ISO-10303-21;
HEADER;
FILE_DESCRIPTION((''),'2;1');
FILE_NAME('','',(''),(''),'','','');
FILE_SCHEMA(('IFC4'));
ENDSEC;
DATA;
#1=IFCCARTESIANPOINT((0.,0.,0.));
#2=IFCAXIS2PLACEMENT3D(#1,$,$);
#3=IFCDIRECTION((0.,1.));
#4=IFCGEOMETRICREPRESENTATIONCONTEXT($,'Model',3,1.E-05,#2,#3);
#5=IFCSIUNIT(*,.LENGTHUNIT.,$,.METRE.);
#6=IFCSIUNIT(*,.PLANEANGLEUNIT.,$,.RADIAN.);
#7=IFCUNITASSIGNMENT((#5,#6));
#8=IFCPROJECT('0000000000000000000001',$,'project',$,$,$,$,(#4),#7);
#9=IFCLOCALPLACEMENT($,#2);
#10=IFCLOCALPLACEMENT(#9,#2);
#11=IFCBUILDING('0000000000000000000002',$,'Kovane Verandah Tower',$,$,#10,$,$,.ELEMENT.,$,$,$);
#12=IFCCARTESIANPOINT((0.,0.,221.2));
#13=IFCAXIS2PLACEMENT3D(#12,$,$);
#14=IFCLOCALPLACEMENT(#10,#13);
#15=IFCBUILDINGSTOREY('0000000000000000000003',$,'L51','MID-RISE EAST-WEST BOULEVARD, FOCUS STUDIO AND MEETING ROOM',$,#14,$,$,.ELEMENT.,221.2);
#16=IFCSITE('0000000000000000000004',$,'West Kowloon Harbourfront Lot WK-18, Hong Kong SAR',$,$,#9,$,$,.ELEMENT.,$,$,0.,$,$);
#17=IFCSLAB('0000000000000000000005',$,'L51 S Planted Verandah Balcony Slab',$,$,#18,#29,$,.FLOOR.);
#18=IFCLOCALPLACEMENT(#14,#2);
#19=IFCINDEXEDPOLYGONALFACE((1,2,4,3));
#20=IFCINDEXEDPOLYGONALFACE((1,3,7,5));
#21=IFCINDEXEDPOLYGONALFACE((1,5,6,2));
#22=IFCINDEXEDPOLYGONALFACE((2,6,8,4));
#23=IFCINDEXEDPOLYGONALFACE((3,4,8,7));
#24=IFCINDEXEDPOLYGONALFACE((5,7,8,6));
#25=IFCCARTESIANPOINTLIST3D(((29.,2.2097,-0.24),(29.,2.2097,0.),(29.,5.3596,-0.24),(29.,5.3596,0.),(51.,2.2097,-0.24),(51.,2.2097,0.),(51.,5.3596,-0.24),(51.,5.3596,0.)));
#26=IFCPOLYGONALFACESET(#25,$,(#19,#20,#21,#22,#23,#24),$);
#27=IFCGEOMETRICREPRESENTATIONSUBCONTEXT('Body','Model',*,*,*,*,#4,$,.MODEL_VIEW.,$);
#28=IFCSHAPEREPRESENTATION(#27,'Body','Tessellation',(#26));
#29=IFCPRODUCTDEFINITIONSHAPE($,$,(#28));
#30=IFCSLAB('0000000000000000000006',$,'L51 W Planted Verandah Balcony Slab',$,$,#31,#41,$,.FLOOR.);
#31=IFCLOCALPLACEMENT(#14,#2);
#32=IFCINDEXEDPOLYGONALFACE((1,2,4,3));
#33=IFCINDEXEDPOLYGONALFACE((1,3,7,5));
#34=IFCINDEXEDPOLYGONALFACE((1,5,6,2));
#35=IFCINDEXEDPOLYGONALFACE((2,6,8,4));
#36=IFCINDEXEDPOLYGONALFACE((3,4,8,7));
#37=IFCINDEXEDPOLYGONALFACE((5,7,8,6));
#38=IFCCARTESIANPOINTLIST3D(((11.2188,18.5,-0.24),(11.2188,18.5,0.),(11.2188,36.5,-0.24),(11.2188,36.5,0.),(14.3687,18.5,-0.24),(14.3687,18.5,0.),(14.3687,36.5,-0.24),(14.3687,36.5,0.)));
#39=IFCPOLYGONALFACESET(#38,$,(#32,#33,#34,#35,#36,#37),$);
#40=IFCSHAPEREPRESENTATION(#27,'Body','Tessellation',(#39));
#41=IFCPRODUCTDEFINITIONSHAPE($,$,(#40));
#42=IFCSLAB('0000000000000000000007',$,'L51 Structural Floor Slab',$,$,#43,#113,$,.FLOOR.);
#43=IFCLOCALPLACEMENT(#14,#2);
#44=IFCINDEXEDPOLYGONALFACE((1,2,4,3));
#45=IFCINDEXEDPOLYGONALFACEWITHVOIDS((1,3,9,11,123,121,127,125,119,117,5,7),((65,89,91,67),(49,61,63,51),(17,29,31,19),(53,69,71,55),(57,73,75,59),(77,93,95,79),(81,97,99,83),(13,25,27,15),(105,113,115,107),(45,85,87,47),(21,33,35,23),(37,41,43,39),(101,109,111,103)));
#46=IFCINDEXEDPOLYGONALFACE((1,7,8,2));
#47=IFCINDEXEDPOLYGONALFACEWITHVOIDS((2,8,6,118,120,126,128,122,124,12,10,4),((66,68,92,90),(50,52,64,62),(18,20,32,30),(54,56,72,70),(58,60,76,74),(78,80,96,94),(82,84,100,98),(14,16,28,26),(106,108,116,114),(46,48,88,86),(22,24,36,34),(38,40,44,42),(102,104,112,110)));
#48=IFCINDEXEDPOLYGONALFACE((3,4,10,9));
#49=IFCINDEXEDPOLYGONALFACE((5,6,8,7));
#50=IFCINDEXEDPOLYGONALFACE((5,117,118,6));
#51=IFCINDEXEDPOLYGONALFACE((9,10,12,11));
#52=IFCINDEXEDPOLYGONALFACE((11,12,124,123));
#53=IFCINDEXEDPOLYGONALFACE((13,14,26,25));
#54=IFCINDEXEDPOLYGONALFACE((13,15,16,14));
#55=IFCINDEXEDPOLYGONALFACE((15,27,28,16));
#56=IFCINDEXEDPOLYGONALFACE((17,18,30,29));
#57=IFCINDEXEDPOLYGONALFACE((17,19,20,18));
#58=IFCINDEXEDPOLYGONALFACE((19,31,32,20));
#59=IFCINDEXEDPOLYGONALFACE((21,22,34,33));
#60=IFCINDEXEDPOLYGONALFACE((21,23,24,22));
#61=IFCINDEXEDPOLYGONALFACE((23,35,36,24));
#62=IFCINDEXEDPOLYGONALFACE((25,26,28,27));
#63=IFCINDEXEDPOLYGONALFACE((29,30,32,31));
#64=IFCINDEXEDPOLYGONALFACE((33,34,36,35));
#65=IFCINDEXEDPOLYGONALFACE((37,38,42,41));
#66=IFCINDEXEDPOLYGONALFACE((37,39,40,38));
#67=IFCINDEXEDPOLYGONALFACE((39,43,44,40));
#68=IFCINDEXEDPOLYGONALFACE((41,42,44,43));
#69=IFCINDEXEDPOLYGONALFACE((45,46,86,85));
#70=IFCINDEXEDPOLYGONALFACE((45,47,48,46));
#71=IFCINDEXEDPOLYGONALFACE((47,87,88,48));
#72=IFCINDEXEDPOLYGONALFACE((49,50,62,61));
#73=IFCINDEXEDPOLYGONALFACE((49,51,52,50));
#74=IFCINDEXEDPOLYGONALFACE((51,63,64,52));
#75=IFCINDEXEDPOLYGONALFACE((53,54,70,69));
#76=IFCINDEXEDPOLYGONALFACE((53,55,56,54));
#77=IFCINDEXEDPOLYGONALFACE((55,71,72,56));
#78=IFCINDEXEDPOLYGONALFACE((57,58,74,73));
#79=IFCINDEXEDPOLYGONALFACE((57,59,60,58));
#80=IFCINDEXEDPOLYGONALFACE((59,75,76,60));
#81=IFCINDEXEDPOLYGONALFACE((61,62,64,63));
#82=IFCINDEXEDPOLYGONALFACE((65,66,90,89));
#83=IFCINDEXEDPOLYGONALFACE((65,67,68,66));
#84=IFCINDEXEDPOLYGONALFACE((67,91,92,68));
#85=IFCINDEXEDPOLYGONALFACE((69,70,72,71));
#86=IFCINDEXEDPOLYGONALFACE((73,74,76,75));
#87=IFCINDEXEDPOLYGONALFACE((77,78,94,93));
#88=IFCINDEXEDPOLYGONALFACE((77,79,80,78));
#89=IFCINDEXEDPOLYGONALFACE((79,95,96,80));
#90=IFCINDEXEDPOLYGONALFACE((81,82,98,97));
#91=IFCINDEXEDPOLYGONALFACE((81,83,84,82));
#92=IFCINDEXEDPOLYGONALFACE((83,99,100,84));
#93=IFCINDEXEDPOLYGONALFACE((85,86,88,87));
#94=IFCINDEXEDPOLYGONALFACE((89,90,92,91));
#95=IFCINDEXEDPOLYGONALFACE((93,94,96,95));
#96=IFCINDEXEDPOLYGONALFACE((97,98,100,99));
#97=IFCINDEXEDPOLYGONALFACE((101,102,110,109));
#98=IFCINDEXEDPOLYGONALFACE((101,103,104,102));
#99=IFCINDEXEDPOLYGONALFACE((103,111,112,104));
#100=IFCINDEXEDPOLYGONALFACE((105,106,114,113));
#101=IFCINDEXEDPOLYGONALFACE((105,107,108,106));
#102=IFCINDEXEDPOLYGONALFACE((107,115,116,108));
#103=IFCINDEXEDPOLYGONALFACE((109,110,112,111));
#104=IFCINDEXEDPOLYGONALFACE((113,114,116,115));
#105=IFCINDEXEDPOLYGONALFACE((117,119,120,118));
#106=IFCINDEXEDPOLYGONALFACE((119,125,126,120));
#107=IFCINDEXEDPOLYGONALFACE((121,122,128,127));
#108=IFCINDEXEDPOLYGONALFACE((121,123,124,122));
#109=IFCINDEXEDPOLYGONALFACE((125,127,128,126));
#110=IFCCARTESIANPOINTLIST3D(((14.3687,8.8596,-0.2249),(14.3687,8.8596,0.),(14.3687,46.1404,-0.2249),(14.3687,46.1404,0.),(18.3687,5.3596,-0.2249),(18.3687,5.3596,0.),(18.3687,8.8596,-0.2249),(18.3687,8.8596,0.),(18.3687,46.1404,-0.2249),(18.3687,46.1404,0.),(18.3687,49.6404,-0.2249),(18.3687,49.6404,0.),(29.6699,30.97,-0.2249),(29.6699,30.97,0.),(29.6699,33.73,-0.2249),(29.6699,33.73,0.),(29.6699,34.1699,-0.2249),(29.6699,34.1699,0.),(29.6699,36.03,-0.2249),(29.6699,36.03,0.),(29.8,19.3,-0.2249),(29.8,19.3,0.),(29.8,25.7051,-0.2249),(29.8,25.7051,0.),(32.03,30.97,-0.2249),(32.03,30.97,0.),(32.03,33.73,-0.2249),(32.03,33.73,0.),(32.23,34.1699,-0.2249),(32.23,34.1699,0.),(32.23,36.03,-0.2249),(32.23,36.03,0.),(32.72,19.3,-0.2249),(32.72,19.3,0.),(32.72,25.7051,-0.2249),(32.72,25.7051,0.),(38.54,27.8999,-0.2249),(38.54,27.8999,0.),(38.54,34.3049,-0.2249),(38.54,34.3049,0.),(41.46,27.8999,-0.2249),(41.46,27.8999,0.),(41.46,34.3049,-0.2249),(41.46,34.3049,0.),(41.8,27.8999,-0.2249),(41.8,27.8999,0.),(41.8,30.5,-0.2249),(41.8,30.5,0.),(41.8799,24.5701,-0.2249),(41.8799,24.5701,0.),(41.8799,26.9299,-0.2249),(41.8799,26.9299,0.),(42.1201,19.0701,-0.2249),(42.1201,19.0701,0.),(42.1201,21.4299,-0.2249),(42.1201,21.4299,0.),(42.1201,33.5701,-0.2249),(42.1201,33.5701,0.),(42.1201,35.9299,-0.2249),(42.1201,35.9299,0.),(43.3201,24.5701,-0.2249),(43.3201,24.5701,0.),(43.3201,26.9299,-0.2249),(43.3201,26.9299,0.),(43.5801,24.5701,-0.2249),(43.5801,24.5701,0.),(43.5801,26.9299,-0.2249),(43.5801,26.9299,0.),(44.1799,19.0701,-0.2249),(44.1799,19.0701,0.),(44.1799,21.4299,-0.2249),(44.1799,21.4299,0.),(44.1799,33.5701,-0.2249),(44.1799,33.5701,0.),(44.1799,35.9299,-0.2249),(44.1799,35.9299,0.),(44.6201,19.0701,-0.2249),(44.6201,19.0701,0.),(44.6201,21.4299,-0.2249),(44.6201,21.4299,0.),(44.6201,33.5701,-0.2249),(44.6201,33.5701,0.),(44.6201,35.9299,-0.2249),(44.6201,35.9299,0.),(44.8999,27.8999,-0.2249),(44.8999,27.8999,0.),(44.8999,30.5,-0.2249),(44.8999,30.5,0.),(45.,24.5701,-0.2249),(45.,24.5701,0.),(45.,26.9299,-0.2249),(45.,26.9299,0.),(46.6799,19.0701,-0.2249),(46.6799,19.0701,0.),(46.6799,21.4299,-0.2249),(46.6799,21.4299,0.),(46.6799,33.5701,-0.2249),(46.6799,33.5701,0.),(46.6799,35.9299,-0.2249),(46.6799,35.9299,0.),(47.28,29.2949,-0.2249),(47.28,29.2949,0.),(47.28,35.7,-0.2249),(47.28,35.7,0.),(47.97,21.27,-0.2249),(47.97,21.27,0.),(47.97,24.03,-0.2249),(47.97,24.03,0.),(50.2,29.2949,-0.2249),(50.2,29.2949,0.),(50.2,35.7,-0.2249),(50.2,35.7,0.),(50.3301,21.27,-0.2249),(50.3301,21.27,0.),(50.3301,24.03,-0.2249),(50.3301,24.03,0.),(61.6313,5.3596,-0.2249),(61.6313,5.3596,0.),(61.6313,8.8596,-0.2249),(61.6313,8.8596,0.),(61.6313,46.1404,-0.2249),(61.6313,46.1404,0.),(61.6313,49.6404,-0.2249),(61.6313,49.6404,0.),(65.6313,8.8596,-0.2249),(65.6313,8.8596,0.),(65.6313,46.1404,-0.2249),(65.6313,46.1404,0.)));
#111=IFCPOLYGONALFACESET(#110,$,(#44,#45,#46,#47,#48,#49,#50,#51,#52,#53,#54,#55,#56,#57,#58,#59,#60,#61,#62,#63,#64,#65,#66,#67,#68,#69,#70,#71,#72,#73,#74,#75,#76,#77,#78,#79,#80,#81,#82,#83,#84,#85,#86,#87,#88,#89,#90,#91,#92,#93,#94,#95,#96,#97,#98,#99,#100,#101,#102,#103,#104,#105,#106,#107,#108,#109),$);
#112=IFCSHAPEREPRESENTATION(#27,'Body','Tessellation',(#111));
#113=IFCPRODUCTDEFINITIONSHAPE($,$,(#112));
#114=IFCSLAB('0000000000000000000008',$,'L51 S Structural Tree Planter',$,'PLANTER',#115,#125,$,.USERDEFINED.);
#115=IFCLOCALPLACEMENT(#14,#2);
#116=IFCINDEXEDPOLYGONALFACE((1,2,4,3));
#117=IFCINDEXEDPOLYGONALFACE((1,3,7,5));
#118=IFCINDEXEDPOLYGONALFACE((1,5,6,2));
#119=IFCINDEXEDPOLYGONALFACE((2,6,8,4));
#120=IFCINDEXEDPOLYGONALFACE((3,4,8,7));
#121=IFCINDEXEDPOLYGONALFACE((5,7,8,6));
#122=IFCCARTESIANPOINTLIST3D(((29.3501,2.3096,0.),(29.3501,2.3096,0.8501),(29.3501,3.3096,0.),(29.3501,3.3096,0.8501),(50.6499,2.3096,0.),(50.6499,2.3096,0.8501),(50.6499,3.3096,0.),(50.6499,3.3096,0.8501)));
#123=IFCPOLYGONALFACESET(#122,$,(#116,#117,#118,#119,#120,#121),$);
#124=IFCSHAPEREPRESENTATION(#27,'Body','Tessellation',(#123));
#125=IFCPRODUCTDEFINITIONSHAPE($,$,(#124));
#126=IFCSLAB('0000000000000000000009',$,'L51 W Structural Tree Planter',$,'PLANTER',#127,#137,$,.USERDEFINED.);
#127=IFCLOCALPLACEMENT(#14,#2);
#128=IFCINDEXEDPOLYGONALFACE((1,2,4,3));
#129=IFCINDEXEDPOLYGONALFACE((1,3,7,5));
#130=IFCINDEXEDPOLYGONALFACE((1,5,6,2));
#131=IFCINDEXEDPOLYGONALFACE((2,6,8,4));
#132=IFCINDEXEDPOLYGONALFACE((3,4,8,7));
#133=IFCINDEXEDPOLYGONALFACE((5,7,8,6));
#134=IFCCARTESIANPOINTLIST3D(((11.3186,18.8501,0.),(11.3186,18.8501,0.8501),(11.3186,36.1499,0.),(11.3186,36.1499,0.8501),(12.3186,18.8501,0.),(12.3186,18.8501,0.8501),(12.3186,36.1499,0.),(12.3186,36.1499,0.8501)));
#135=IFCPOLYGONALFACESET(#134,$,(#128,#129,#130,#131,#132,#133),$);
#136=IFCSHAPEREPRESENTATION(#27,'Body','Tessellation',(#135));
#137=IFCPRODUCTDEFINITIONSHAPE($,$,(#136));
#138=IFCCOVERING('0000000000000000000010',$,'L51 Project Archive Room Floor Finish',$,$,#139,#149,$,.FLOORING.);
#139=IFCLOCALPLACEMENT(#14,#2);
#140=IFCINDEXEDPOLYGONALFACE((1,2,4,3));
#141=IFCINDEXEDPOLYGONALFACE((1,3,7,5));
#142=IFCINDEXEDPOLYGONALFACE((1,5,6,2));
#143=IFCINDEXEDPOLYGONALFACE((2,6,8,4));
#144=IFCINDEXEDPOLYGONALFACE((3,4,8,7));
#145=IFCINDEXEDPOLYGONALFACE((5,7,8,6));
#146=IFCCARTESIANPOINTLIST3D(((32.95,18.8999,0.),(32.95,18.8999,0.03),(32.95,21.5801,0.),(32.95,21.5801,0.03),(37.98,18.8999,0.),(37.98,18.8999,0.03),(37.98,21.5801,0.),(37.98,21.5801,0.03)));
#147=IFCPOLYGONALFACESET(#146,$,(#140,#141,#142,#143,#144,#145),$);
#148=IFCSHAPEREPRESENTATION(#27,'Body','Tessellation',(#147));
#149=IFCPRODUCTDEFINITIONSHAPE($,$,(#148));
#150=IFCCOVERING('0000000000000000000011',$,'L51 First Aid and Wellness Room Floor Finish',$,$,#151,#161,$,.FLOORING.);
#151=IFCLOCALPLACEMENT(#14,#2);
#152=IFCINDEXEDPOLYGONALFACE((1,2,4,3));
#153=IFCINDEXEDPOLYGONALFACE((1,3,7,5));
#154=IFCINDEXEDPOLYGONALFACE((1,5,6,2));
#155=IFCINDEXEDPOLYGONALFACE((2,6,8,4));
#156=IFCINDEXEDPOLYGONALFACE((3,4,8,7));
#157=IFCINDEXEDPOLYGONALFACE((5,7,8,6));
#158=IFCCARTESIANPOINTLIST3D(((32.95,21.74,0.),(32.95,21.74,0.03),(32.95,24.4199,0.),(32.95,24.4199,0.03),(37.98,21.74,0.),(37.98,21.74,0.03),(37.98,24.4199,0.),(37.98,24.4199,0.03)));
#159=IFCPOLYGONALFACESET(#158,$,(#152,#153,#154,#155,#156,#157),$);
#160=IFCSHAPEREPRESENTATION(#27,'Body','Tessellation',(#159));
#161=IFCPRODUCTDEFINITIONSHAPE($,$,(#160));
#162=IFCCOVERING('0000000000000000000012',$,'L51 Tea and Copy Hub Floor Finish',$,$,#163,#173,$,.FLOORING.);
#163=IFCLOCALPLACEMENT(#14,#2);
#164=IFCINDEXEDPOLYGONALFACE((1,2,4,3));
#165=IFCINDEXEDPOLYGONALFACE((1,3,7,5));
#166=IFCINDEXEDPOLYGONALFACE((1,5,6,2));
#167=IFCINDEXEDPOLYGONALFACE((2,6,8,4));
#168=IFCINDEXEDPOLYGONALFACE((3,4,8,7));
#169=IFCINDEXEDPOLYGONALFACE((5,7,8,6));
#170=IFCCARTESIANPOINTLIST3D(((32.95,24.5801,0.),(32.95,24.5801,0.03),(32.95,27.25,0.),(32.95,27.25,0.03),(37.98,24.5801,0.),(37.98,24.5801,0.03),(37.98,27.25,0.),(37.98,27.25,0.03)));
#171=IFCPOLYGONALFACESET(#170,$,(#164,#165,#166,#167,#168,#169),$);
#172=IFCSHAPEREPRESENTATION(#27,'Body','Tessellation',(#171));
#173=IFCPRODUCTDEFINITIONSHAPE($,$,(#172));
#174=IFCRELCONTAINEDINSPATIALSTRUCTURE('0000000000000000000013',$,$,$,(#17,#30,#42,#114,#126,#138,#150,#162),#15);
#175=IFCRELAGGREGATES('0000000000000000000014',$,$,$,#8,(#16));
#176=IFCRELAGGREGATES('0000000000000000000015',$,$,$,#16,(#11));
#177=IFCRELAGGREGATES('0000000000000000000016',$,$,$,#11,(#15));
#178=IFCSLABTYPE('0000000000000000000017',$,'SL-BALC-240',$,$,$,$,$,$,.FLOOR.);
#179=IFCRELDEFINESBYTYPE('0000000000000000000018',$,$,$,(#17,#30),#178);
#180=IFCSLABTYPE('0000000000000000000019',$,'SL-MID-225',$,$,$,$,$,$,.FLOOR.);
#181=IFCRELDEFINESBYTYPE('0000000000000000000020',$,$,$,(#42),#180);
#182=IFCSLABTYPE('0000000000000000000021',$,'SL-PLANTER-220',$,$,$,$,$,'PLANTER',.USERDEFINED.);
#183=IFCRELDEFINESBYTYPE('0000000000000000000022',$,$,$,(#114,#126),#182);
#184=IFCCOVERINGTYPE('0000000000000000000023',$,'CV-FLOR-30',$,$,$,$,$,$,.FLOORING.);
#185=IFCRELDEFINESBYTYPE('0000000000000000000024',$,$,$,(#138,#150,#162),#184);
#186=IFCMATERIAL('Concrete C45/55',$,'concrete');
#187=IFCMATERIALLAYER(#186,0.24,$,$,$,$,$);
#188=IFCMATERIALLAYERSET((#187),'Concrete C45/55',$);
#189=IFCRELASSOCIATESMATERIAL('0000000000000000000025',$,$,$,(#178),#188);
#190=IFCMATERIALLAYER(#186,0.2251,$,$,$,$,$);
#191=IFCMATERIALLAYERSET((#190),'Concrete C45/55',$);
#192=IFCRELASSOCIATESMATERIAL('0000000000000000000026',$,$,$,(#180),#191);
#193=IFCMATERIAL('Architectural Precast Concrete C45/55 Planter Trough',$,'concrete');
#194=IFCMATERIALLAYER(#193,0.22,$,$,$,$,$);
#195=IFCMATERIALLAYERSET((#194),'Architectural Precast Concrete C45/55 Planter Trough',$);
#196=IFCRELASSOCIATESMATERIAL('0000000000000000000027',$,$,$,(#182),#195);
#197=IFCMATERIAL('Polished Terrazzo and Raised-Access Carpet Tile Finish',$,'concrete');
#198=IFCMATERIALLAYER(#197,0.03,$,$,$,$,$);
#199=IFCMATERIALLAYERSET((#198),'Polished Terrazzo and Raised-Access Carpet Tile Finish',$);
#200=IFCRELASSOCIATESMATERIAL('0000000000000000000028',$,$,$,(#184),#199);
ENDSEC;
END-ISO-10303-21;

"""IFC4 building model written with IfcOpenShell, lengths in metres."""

from ifc_helpers import new_model, si_unit, direction, frame, origin, place, context, subcontext, project, spatial, polyline, outline, extrude, material, layer, layer_set, type_object, element, save


model = new_model("IFC4")

# Units and contexts
model_context = context("Model", 3, precision=1e-05, world=origin(), true_north=direction((0.0, 1.0)))
body_context = subcontext(model_context, "Body", "Model", "MODEL_VIEW")
ifc_project = project(units=[si_unit("LENGTHUNIT", "METRE"), si_unit("PLANEANGLEUNIT", "RADIAN")], contexts=[model_context])

# Site, building, storey
site_placement = place(None, origin())
site = spatial("IfcSite", under=ifc_project, at=site_placement, Name="West Kowloon Harbourfront Lot WK-18, Hong Kong SAR", CompositionType="ELEMENT", RefElevation=0.0)
building_placement = place(site_placement, origin())
building = spatial("IfcBuilding", under=site, at=building_placement, Name="Kovane Verandah Tower", CompositionType="ELEMENT")
storey_placement = place(building_placement, frame((0.0, 0.0, 221.2)))
storey = spatial("IfcBuildingStorey", under=building, at=storey_placement, Name="L51", Description="MID-RISE EAST-WEST BOULEVARD, FOCUS STUDIO AND MEETING ROOM", CompositionType="ELEMENT", Elevation=221.2)

# Slabs
ifc_material_1 = material(Name="Concrete C45/55", Category="concrete")
ifc_layer_1 = layer(ifc_material_1, 0.24)
ifc_layer_set_1 = layer_set([ifc_layer_1], Name="Concrete C45/55")
slab_type_1 = type_object("IfcSlabType", Name="SL-BALC-240", PredefinedType="FLOOR", material=ifc_layer_set_1)
slab_1_placement = place(storey_placement, frame((0.0, 0.0, -0.24)))
element("IfcSlab", 1, at=slab_1_placement, inside=storey, type_object=slab_type_1, Name="L51 S Planted Verandah Balcony Slab", PredefinedType="FLOOR", context=body_context, shape_type="SweptSolid", body=[
    extrude(outline(polyline([(29.0, 2.2097), (51.0, 2.2097), (51.0, 5.3596), (29.0, 5.3596), (29.0, 2.2097)])), origin(), (0.0, 0.0, 1.0), 0.24),
])
slab_2_placement = place(storey_placement, frame((0.0, 0.0, -0.24)))
element("IfcSlab", 2, at=slab_2_placement, inside=storey, type_object=slab_type_1, Name="L51 W Planted Verandah Balcony Slab", PredefinedType="FLOOR", context=body_context, shape_type="SweptSolid", body=[
    extrude(outline(polyline([(11.2188, 18.5), (14.3687, 18.5), (14.3687, 36.5), (11.2188, 36.5), (11.2188, 18.5)])), origin(), (0.0, 0.0, 1.0), 0.24),
])
ifc_layer_2 = layer(ifc_material_1, 0.2251)
ifc_layer_set_2 = layer_set([ifc_layer_2], Name="Concrete C45/55")
slab_type_2 = type_object("IfcSlabType", Name="SL-MID-225", PredefinedType="FLOOR", material=ifc_layer_set_2)
slab_3_placement = place(storey_placement, frame((0.0, 0.0, -0.2249)))
element("IfcSlab", 3, at=slab_3_placement, inside=storey, type_object=slab_type_2, Name="L51 Structural Floor Slab", PredefinedType="FLOOR", context=body_context, shape_type="SweptSolid", body=[
    extrude(outline(polyline([(18.3687, 5.3596), (61.6313, 5.3596), (61.6313, 8.8596), (65.6313, 8.8596), (65.6313, 46.1404), (61.6313, 46.1404), (61.6313, 49.6404), (18.3687, 49.6404), (18.3687, 46.1404), (14.3687, 46.1404), (14.3687, 8.8596), (18.3687, 8.8596), (18.3687, 5.3596)]), holes=[polyline([(29.8, 19.3), (32.72, 19.3), (32.72, 25.7051), (29.8, 25.7051), (29.8, 19.3)]), polyline([(47.28, 29.2949), (50.2, 29.2949), (50.2, 35.7), (47.28, 35.7), (47.28, 29.2949)]), polyline([(38.54, 27.8999), (41.46, 27.8999), (41.46, 34.3049), (38.54, 34.3049), (38.54, 27.8999)]), polyline([(29.6699, 30.97), (32.03, 30.97), (32.03, 33.73), (29.6699, 33.73), (29.6699, 30.97)]), polyline([(47.97, 21.27), (50.3301, 21.27), (50.3301, 24.03), (47.97, 24.03), (47.97, 21.27)]), polyline([(29.6699, 34.1699), (32.23, 34.1699), (32.23, 36.03), (29.6699, 36.03), (29.6699, 34.1699)]), polyline([(42.1201, 19.0701), (44.1799, 19.0701), (44.1799, 21.4299), (42.1201, 21.4299), (42.1201, 19.0701)]), polyline([(44.6201, 19.0701), (46.6799, 19.0701), (46.6799, 21.4299), (44.6201, 21.4299), (44.6201, 19.0701)]), polyline([(41.8799, 24.5701), (43.3201, 24.5701), (43.3201, 26.9299), (41.8799, 26.9299), (41.8799, 24.5701)]), polyline([(43.5801, 24.5701), (45.0, 24.5701), (45.0, 26.9299), (43.5801, 26.9299), (43.5801, 24.5701)]), polyline([(42.1201, 33.5701), (44.1799, 33.5701), (44.1799, 35.9299), (42.1201, 35.9299), (42.1201, 33.5701)]), polyline([(44.6201, 33.5701), (46.6799, 33.5701), (46.6799, 35.9299), (44.6201, 35.9299), (44.6201, 33.5701)]), polyline([(41.8, 27.8999), (44.8999, 27.8999), (44.8999, 30.5), (41.8, 30.5), (41.8, 27.8999)])]), origin(), (0.0, 0.0, 1.0), 0.2249),
])
ifc_material_2 = material(Name="Architectural Precast Concrete C45/55 Planter Trough", Category="concrete")
ifc_layer_3 = layer(ifc_material_2, 0.22)
ifc_layer_set_3 = layer_set([ifc_layer_3], Name="Architectural Precast Concrete C45/55 Planter Trough")
slab_type_3 = type_object("IfcSlabType", Name="SL-PLANTER-220", ElementType="PLANTER", PredefinedType="USERDEFINED", material=ifc_layer_set_3)
slab_4_placement = place(storey_placement, origin())
element("IfcSlab", 4, at=slab_4_placement, inside=storey, type_object=slab_type_3, Name="L51 S Structural Tree Planter", ObjectType="PLANTER", PredefinedType="USERDEFINED", context=body_context, shape_type="SweptSolid", body=[
    extrude(outline(polyline([(29.3501, 2.3096), (50.6499, 2.3096), (50.6499, 3.3096), (29.3501, 3.3096), (29.3501, 2.3096)])), origin(), (0.0, 0.0, 1.0), 0.8501),
])
slab_5_placement = place(storey_placement, origin())
element("IfcSlab", 5, at=slab_5_placement, inside=storey, type_object=slab_type_3, Name="L51 W Structural Tree Planter", ObjectType="PLANTER", PredefinedType="USERDEFINED", context=body_context, shape_type="SweptSolid", body=[
    extrude(outline(polyline([(11.3186, 18.8501), (12.3186, 18.8501), (12.3186, 36.1499), (11.3186, 36.1499), (11.3186, 18.8501)])), origin(), (0.0, 0.0, 1.0), 0.8501),
])

# Coverings
ifc_material_3 = material(Name="Polished Terrazzo and Raised-Access Carpet Tile Finish", Category="concrete")
ifc_layer_4 = layer(ifc_material_3, 0.03)
ifc_layer_set_4 = layer_set([ifc_layer_4], Name="Polished Terrazzo and Raised-Access Carpet Tile Finish")
covering_type = type_object("IfcCoveringType", Name="CV-FLOR-30", PredefinedType="FLOORING", material=ifc_layer_set_4)
covering_1_placement = place(storey_placement, origin())
element("IfcCovering", 6, at=covering_1_placement, inside=storey, type_object=covering_type, Name="L51 Project Archive Room Floor Finish", PredefinedType="FLOORING", context=body_context, shape_type="SweptSolid", body=[
    extrude(outline(polyline([(32.95, 18.8999), (37.98, 18.8999), (37.98, 21.5801), (32.95, 21.5801), (32.95, 18.8999)])), origin(), (0.0, 0.0, 1.0), 0.03),
])
covering_2_placement = place(storey_placement, origin())
element("IfcCovering", 7, at=covering_2_placement, inside=storey, type_object=covering_type, Name="L51 First Aid and Wellness Room Floor Finish", PredefinedType="FLOORING", context=body_context, shape_type="SweptSolid", body=[
    extrude(outline(polyline([(32.95, 21.74), (37.98, 21.74), (37.98, 24.4199), (32.95, 24.4199), (32.95, 21.74)])), origin(), (0.0, 0.0, 1.0), 0.03),
])
covering_3_placement = place(storey_placement, origin())
element("IfcCovering", 8, at=covering_3_placement, inside=storey, type_object=covering_type, Name="L51 Tea and Copy Hub Floor Finish", PredefinedType="FLOORING", context=body_context, shape_type="SweptSolid", body=[
    extrude(outline(polyline([(32.95, 24.5801), (37.98, 24.5801), (37.98, 27.25), (32.95, 27.25), (32.95, 24.5801)])), origin(), (0.0, 0.0, 1.0), 0.03),
])

save(model, "model.ifc")
